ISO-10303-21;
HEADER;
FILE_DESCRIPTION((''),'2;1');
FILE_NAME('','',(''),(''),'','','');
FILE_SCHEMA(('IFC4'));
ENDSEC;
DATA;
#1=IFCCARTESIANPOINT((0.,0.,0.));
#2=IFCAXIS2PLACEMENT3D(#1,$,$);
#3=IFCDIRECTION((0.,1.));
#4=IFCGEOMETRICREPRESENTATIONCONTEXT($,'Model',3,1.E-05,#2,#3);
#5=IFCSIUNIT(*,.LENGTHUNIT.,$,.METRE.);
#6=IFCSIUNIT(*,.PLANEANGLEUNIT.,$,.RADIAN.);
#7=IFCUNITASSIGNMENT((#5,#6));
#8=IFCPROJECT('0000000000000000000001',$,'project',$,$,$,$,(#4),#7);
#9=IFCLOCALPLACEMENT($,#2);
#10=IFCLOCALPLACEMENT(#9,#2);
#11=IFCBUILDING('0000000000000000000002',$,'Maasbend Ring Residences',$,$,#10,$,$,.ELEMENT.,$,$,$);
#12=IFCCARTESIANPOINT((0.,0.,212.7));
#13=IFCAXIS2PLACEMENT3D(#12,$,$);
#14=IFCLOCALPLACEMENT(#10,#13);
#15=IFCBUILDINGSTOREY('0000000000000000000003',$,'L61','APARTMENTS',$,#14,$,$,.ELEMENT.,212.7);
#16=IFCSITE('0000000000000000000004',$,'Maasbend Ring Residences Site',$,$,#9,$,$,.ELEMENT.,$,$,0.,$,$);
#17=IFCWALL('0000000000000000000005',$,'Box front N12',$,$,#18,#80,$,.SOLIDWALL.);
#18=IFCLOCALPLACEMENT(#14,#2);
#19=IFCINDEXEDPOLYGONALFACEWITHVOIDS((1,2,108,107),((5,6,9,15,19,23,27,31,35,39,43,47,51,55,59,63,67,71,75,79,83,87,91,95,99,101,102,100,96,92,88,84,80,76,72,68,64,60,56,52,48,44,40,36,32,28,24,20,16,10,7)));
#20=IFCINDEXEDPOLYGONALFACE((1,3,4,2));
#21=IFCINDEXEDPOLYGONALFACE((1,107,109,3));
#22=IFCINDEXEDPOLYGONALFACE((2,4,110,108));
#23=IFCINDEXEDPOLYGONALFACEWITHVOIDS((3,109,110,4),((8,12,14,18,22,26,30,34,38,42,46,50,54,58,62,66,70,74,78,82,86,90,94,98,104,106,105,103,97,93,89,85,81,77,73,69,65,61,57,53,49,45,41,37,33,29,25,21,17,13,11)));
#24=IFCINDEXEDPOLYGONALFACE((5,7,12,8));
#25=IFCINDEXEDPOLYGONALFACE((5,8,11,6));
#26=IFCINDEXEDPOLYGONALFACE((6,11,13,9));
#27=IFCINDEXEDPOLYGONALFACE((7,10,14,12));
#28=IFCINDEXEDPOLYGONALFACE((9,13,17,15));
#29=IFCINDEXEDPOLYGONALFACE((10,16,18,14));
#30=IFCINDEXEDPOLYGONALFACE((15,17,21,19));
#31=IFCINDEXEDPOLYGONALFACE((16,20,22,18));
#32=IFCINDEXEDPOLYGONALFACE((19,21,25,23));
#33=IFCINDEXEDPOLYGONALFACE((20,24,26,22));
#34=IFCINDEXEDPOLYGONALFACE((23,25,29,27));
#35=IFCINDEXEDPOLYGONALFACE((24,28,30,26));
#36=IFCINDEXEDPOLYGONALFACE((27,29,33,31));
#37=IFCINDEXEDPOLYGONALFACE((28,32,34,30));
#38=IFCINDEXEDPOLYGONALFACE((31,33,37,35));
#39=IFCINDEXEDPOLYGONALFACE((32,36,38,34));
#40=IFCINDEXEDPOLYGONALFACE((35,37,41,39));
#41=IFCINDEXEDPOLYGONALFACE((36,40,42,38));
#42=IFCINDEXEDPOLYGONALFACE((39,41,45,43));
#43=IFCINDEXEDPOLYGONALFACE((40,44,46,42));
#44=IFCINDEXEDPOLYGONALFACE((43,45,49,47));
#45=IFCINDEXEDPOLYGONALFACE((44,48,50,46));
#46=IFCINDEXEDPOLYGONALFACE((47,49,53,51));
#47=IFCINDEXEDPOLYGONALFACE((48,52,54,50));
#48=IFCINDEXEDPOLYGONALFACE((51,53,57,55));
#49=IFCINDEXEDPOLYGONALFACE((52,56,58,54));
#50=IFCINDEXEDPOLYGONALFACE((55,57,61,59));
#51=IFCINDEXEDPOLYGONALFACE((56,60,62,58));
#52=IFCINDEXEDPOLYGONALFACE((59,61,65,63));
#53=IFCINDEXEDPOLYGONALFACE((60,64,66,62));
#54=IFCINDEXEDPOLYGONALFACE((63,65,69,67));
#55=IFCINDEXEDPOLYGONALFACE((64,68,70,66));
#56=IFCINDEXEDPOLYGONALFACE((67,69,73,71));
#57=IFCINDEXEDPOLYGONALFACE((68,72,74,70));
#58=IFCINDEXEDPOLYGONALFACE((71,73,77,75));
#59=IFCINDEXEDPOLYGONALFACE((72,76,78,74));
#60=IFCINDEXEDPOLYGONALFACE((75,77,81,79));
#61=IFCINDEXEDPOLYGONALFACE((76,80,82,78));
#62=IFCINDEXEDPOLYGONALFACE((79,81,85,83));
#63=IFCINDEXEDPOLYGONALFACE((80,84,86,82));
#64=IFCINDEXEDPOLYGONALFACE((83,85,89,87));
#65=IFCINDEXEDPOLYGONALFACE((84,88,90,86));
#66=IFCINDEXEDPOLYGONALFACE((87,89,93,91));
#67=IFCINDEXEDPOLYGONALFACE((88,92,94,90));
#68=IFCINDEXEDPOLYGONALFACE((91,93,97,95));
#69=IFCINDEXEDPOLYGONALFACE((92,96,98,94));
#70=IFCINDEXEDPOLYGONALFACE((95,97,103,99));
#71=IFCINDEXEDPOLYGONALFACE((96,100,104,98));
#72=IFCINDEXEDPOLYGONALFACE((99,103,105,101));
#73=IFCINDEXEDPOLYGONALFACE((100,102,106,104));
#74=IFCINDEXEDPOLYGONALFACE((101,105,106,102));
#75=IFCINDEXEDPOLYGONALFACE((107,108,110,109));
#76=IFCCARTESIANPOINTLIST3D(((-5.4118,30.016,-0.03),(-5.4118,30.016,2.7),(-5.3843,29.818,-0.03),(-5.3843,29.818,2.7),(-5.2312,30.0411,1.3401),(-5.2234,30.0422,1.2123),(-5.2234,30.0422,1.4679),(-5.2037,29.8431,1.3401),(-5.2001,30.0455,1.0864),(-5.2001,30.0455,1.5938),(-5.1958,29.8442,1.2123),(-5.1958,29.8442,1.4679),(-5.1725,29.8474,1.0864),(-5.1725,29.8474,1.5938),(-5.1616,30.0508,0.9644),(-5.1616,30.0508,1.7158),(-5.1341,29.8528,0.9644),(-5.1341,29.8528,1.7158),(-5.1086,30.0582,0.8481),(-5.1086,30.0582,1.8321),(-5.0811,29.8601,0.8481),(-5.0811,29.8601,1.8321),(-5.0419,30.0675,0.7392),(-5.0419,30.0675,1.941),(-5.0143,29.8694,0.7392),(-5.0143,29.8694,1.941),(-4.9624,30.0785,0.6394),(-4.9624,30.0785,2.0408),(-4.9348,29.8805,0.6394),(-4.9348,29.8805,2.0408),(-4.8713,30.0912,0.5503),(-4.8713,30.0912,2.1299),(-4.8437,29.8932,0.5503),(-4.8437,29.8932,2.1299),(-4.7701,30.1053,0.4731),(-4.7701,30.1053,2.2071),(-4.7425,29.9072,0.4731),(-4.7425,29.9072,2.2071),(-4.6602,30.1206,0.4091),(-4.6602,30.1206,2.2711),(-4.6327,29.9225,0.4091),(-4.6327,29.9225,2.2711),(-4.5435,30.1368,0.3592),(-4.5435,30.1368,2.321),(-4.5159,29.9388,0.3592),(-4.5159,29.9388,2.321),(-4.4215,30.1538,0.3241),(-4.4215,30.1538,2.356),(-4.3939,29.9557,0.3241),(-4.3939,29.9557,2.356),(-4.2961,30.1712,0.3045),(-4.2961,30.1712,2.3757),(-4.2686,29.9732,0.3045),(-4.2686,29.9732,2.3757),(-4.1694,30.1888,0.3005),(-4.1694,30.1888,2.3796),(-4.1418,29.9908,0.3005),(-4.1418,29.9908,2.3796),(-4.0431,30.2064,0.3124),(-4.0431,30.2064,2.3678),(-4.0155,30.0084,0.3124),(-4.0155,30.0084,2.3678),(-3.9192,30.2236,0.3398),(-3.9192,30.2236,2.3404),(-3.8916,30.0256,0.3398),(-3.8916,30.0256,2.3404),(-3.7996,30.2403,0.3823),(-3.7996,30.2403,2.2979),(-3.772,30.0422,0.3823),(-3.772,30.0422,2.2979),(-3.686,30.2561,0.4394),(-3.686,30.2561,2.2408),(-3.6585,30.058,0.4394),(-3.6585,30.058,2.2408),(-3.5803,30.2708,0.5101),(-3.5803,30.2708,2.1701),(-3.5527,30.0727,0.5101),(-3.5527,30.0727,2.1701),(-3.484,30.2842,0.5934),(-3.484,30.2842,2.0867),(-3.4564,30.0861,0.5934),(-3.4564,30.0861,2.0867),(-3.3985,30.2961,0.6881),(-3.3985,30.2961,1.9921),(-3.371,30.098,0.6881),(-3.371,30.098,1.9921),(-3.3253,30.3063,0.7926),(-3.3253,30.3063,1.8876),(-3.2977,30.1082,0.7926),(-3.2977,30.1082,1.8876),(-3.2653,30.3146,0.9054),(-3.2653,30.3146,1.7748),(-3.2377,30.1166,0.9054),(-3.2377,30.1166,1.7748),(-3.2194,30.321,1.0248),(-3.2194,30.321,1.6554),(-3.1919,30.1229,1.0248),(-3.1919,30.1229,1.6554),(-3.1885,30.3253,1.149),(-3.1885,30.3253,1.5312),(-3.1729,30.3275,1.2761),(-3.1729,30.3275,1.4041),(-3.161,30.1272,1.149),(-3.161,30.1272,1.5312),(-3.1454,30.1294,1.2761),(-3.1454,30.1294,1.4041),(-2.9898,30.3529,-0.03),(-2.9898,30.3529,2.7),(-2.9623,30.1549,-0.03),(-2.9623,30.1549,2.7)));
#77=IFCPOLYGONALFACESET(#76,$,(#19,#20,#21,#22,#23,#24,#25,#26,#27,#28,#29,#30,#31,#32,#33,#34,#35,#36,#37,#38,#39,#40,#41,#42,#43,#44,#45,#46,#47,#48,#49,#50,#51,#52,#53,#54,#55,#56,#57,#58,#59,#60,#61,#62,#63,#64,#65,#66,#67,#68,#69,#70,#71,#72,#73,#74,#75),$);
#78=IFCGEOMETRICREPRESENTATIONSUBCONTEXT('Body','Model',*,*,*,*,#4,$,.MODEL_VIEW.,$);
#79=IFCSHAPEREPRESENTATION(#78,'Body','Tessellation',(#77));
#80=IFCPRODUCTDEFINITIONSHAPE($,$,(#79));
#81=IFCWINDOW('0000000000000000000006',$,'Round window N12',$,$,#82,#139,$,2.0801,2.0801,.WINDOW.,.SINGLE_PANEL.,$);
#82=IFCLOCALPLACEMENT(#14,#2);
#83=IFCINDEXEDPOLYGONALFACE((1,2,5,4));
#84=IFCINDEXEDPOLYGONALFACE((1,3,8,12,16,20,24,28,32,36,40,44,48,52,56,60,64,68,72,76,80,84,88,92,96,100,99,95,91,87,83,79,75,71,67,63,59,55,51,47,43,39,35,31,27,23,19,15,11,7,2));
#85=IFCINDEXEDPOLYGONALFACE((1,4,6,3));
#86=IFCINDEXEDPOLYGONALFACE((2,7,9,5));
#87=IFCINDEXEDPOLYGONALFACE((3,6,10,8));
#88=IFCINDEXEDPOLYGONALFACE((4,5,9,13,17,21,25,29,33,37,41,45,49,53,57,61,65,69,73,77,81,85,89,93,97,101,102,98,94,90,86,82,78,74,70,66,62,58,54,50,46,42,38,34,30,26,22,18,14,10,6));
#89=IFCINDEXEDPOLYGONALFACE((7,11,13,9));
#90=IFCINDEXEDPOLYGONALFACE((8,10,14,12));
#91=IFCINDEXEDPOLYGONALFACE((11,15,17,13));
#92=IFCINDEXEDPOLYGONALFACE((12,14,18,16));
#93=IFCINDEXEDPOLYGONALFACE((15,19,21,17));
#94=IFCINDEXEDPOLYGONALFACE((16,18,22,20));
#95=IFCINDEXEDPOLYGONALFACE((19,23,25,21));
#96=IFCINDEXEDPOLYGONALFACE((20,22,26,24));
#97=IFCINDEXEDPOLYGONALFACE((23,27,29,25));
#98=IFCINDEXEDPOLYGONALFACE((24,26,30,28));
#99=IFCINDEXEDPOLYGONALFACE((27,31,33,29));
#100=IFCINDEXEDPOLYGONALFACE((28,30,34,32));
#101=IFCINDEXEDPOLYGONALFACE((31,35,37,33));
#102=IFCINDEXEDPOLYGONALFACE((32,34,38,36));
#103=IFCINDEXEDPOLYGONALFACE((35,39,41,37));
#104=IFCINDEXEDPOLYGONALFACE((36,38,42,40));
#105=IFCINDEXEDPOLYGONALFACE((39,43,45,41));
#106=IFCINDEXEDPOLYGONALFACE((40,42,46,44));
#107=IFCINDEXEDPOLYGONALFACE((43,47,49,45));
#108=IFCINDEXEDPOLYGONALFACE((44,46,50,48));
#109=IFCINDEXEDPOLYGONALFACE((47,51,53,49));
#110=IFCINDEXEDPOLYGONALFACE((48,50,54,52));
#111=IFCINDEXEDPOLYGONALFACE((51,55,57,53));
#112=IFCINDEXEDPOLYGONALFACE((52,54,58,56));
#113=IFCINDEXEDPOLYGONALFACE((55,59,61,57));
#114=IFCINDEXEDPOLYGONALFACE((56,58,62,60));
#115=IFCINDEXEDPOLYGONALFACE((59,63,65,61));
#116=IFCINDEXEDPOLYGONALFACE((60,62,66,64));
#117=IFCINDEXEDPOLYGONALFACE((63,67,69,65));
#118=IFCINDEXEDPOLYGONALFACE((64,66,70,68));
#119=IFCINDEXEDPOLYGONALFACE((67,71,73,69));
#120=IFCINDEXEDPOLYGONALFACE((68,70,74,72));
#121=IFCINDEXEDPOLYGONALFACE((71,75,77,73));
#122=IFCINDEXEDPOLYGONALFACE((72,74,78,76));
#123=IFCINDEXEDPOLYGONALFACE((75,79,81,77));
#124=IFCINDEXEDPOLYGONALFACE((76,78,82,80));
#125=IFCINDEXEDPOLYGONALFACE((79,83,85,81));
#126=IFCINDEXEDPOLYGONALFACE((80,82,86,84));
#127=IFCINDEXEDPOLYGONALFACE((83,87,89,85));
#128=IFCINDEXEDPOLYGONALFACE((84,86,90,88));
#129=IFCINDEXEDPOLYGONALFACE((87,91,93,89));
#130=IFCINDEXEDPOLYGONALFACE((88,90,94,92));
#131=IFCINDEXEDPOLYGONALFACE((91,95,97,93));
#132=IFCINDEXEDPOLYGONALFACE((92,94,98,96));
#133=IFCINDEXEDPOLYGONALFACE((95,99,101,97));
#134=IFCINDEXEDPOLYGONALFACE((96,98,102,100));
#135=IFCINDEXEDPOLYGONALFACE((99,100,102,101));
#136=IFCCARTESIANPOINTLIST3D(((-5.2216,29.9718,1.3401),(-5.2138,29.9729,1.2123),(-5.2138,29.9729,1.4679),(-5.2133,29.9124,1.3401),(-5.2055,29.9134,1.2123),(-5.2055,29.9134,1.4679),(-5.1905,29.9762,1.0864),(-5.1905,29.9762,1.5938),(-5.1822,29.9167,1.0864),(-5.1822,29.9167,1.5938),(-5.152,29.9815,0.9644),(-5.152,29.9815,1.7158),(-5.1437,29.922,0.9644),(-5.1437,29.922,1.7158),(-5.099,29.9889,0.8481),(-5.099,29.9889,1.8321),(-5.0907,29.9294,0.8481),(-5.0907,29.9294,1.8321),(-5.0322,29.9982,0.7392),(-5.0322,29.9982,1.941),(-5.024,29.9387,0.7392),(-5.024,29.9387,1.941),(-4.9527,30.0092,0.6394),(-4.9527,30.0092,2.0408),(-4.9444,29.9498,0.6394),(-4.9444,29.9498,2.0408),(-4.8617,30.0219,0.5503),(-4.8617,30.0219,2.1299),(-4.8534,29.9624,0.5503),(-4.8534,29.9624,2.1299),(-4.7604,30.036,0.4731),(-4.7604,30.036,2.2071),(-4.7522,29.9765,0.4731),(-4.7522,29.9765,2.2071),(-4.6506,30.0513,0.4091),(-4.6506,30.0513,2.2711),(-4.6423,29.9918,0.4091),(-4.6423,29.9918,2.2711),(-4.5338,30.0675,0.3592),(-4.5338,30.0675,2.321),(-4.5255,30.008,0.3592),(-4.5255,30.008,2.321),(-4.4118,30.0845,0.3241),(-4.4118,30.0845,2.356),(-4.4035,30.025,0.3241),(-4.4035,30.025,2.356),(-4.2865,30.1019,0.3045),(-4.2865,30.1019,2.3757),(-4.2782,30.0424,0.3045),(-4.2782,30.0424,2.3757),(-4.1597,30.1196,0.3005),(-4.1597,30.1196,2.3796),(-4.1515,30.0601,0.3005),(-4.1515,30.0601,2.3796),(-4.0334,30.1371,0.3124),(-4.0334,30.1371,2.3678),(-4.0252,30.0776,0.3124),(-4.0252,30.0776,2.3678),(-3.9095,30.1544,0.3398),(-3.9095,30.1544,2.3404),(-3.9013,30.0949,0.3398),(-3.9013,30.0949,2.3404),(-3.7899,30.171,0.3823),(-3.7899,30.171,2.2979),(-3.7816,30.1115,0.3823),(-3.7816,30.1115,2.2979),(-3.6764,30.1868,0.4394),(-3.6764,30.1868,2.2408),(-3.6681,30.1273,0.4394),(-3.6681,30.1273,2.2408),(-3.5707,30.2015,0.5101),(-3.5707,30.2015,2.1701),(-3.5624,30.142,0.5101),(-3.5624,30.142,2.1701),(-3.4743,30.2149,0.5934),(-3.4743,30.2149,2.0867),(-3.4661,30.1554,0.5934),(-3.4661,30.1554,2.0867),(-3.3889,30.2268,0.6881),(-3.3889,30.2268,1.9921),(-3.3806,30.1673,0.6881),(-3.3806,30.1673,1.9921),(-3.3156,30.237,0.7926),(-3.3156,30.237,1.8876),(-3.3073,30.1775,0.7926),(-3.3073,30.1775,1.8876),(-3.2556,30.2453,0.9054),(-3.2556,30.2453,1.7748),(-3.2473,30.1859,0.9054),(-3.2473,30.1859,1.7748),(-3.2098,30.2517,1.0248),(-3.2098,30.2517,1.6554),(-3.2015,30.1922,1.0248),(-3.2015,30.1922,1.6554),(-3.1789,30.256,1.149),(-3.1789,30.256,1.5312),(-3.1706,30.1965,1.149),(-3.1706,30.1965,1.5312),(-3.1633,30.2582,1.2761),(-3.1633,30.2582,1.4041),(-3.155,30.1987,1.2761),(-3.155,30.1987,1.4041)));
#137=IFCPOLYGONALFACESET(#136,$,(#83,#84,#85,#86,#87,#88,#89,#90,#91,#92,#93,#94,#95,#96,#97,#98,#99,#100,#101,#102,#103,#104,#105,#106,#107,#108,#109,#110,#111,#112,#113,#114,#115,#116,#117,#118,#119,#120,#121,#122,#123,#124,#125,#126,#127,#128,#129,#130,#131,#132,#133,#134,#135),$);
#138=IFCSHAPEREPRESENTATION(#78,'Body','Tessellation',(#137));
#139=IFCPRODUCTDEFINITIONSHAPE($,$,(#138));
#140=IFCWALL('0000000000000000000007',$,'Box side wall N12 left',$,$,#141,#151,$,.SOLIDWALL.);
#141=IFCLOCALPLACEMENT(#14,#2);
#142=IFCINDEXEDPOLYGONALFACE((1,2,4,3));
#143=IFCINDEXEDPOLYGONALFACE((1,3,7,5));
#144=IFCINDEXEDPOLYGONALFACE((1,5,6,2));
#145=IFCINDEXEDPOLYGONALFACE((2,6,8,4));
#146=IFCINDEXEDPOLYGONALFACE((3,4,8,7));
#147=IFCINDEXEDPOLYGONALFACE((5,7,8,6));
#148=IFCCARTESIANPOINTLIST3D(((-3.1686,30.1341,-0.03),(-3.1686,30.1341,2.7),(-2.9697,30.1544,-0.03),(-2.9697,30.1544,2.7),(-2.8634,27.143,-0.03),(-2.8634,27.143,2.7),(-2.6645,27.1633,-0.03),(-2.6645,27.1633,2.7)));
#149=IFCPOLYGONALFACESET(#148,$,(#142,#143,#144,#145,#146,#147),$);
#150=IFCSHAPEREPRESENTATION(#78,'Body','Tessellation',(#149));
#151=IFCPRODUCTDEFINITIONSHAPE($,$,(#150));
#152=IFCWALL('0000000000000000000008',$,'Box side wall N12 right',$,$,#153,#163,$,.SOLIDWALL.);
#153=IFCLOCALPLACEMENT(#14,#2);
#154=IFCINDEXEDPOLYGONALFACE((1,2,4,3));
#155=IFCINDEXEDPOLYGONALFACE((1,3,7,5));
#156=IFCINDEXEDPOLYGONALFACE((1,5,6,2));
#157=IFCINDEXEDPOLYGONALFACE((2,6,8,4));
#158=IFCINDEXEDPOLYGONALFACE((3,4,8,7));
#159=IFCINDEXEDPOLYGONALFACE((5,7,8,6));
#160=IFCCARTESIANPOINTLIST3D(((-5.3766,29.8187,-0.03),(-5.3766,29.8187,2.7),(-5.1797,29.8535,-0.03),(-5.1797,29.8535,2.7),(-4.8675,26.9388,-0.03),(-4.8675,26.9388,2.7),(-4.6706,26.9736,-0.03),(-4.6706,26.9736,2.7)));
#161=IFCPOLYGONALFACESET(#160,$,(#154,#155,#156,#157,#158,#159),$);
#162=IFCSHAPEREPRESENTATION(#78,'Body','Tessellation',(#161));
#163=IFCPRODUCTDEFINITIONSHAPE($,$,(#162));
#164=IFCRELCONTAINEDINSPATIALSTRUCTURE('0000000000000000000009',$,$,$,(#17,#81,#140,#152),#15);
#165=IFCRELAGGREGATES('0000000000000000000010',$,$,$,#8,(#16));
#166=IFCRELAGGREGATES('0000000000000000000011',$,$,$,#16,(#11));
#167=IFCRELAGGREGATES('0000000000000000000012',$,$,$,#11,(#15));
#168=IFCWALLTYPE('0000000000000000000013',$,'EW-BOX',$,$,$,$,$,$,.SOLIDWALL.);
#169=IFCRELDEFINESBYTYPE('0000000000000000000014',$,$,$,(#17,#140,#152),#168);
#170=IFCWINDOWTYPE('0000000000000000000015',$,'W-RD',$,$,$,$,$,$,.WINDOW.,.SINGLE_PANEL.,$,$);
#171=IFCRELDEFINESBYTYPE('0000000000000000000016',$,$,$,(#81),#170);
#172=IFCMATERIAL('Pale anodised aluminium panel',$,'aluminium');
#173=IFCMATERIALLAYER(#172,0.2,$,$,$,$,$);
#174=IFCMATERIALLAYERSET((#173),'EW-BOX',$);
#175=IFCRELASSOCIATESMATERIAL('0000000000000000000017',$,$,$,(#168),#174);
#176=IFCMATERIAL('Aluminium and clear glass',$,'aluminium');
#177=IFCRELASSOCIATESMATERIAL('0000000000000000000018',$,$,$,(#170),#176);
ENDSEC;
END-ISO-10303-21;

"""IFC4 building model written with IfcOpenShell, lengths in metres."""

from ifc_helpers import new_model, si_unit, direction, frame, frame_2d, origin, place, context, subcontext, project, spatial, rectangle, circle, extrude, material, layer, layer_set, type_object, element, fill, save


model = new_model("IFC4")

# Units and contexts
model_context = context("Model", 3, precision=1e-05, world=origin(), true_north=direction((0.0, 1.0)))
body_context = subcontext(model_context, "Body", "Model", "MODEL_VIEW")
ifc_project = project(units=[si_unit("LENGTHUNIT", "METRE"), si_unit("PLANEANGLEUNIT", "RADIAN")], contexts=[model_context])

# Site, building, storey
site_placement = place(None, origin())
site = spatial("IfcSite", under=ifc_project, at=site_placement, Name="Maasbend Ring Residences Site", CompositionType="ELEMENT", RefElevation=0.0)
building_placement = place(site_placement, origin())
building = spatial("IfcBuilding", under=site, at=building_placement, Name="Maasbend Ring Residences", CompositionType="ELEMENT")
storey_placement = place(building_placement, frame((0.0, 0.0, 212.7)))
storey = spatial("IfcBuildingStorey", under=building, at=storey_placement, Name="L61", Description="APARTMENTS", CompositionType="ELEMENT", Elevation=212.7)

# Wall, opening, window
ifc_material_1 = material(Name="Pale anodised aluminium panel", Category="aluminium")
ifc_layer_1 = layer(ifc_material_1, 0.2)
ifc_layer_set_1 = layer_set([ifc_layer_1], Name="EW-BOX")
wall_type_1 = type_object("IfcWallType", Name="EW-BOX", PredefinedType="SOLIDWALL", material=ifc_layer_set_1)
wall_1_placement = place(storey_placement, frame((-2.9761, 30.2539, -0.03), z_axis=(0.0, 0.0, 1.0), x_axis=(-0.990462, -0.137786, 0.0)))
wall_1 = element("IfcWall", 1, at=wall_1_placement, inside=storey, type_object=wall_type_1, Name="Box front N12", PredefinedType="SOLIDWALL", context=body_context, shape_type="SweptSolid", body=[
    extrude(rectangle(XDim=2.4453, YDim=0.2, at=frame_2d((1.2227, 0.0))), origin(), (0.0, 0.0, 1.0), 2.73),
])
opening_1_placement = place(wall_1_placement, frame((0.1829, 0.0, 0.3301)))
opening_1 = element("IfcOpeningElement", 2, at=opening_1_placement, cuts=wall_1, PredefinedType="OPENING", context=body_context, shape_type="SweptSolid", body=[
    extrude(circle(Radius=1.04, at=frame_2d((1.04, 1.04))), frame((0.0, 0.1099, 0.0), z_axis=(0.0, -1.0, 0.0), x_axis=(1.0, 0.0, 0.0)), (0.0, 0.0, 1.0), 0.22),
])
ifc_material_2 = material(Name="Aluminium and clear glass", Category="aluminium")
window_type_1 = type_object("IfcWindowType", Name="W-RD", PartitioningType="SINGLE_PANEL", PredefinedType="WINDOW", material=ifc_material_2)
window_1_placement = place(opening_1_placement, origin())
window_1 = element("IfcWindow", 3, at=window_1_placement, inside=storey, type_object=window_type_1, Name="Round window N12", OverallHeight=2.0801, OverallWidth=2.0801, PartitioningType="SINGLE_PANEL", PredefinedType="WINDOW", context=body_context, shape_type="SweptSolid", body=[
    extrude(circle(Radius=1.04, at=frame_2d((1.04, 1.04))), frame((0.0, 0.03, 0.0), z_axis=(0.0, -1.0, 0.0), x_axis=(1.0, 0.0, 0.0)), (0.0, 0.0, 1.0), 0.0601),
])
fill(opening_1, window_1)

# Walls
wall_2_placement = place(storey_placement, frame((-2.7639, 27.1531, -0.03), z_axis=(0.0, 0.0, 1.0), x_axis=(-0.101505, 0.994835, 0.0)))
element("IfcWall", 4, at=wall_2_placement, inside=storey, type_object=wall_type_1, Name="Box side wall N12 left", PredefinedType="SOLIDWALL", context=body_context, shape_type="SweptSolid", body=[
    extrude(rectangle(XDim=3.0066, YDim=0.2, at=frame_2d((1.5034, 0.0))), origin(), (0.0, 0.0, 1.0), 2.73),
])
wall_3_placement = place(storey_placement, frame((-4.769, 26.9561, -0.03), z_axis=(0.0, 0.0, 1.0), x_axis=(-0.174057, 0.984736, 0.0)))
element("IfcWall", 5, at=wall_3_placement, inside=storey, type_object=wall_type_1, Name="Box side wall N12 right", PredefinedType="SOLIDWALL", context=body_context, shape_type="SweptSolid", body=[
    extrude(rectangle(XDim=2.9246, YDim=0.2, at=frame_2d((1.4624, 0.0))), origin(), (0.0, 0.0, 1.0), 2.73),
])

save(model, "model.ifc")
